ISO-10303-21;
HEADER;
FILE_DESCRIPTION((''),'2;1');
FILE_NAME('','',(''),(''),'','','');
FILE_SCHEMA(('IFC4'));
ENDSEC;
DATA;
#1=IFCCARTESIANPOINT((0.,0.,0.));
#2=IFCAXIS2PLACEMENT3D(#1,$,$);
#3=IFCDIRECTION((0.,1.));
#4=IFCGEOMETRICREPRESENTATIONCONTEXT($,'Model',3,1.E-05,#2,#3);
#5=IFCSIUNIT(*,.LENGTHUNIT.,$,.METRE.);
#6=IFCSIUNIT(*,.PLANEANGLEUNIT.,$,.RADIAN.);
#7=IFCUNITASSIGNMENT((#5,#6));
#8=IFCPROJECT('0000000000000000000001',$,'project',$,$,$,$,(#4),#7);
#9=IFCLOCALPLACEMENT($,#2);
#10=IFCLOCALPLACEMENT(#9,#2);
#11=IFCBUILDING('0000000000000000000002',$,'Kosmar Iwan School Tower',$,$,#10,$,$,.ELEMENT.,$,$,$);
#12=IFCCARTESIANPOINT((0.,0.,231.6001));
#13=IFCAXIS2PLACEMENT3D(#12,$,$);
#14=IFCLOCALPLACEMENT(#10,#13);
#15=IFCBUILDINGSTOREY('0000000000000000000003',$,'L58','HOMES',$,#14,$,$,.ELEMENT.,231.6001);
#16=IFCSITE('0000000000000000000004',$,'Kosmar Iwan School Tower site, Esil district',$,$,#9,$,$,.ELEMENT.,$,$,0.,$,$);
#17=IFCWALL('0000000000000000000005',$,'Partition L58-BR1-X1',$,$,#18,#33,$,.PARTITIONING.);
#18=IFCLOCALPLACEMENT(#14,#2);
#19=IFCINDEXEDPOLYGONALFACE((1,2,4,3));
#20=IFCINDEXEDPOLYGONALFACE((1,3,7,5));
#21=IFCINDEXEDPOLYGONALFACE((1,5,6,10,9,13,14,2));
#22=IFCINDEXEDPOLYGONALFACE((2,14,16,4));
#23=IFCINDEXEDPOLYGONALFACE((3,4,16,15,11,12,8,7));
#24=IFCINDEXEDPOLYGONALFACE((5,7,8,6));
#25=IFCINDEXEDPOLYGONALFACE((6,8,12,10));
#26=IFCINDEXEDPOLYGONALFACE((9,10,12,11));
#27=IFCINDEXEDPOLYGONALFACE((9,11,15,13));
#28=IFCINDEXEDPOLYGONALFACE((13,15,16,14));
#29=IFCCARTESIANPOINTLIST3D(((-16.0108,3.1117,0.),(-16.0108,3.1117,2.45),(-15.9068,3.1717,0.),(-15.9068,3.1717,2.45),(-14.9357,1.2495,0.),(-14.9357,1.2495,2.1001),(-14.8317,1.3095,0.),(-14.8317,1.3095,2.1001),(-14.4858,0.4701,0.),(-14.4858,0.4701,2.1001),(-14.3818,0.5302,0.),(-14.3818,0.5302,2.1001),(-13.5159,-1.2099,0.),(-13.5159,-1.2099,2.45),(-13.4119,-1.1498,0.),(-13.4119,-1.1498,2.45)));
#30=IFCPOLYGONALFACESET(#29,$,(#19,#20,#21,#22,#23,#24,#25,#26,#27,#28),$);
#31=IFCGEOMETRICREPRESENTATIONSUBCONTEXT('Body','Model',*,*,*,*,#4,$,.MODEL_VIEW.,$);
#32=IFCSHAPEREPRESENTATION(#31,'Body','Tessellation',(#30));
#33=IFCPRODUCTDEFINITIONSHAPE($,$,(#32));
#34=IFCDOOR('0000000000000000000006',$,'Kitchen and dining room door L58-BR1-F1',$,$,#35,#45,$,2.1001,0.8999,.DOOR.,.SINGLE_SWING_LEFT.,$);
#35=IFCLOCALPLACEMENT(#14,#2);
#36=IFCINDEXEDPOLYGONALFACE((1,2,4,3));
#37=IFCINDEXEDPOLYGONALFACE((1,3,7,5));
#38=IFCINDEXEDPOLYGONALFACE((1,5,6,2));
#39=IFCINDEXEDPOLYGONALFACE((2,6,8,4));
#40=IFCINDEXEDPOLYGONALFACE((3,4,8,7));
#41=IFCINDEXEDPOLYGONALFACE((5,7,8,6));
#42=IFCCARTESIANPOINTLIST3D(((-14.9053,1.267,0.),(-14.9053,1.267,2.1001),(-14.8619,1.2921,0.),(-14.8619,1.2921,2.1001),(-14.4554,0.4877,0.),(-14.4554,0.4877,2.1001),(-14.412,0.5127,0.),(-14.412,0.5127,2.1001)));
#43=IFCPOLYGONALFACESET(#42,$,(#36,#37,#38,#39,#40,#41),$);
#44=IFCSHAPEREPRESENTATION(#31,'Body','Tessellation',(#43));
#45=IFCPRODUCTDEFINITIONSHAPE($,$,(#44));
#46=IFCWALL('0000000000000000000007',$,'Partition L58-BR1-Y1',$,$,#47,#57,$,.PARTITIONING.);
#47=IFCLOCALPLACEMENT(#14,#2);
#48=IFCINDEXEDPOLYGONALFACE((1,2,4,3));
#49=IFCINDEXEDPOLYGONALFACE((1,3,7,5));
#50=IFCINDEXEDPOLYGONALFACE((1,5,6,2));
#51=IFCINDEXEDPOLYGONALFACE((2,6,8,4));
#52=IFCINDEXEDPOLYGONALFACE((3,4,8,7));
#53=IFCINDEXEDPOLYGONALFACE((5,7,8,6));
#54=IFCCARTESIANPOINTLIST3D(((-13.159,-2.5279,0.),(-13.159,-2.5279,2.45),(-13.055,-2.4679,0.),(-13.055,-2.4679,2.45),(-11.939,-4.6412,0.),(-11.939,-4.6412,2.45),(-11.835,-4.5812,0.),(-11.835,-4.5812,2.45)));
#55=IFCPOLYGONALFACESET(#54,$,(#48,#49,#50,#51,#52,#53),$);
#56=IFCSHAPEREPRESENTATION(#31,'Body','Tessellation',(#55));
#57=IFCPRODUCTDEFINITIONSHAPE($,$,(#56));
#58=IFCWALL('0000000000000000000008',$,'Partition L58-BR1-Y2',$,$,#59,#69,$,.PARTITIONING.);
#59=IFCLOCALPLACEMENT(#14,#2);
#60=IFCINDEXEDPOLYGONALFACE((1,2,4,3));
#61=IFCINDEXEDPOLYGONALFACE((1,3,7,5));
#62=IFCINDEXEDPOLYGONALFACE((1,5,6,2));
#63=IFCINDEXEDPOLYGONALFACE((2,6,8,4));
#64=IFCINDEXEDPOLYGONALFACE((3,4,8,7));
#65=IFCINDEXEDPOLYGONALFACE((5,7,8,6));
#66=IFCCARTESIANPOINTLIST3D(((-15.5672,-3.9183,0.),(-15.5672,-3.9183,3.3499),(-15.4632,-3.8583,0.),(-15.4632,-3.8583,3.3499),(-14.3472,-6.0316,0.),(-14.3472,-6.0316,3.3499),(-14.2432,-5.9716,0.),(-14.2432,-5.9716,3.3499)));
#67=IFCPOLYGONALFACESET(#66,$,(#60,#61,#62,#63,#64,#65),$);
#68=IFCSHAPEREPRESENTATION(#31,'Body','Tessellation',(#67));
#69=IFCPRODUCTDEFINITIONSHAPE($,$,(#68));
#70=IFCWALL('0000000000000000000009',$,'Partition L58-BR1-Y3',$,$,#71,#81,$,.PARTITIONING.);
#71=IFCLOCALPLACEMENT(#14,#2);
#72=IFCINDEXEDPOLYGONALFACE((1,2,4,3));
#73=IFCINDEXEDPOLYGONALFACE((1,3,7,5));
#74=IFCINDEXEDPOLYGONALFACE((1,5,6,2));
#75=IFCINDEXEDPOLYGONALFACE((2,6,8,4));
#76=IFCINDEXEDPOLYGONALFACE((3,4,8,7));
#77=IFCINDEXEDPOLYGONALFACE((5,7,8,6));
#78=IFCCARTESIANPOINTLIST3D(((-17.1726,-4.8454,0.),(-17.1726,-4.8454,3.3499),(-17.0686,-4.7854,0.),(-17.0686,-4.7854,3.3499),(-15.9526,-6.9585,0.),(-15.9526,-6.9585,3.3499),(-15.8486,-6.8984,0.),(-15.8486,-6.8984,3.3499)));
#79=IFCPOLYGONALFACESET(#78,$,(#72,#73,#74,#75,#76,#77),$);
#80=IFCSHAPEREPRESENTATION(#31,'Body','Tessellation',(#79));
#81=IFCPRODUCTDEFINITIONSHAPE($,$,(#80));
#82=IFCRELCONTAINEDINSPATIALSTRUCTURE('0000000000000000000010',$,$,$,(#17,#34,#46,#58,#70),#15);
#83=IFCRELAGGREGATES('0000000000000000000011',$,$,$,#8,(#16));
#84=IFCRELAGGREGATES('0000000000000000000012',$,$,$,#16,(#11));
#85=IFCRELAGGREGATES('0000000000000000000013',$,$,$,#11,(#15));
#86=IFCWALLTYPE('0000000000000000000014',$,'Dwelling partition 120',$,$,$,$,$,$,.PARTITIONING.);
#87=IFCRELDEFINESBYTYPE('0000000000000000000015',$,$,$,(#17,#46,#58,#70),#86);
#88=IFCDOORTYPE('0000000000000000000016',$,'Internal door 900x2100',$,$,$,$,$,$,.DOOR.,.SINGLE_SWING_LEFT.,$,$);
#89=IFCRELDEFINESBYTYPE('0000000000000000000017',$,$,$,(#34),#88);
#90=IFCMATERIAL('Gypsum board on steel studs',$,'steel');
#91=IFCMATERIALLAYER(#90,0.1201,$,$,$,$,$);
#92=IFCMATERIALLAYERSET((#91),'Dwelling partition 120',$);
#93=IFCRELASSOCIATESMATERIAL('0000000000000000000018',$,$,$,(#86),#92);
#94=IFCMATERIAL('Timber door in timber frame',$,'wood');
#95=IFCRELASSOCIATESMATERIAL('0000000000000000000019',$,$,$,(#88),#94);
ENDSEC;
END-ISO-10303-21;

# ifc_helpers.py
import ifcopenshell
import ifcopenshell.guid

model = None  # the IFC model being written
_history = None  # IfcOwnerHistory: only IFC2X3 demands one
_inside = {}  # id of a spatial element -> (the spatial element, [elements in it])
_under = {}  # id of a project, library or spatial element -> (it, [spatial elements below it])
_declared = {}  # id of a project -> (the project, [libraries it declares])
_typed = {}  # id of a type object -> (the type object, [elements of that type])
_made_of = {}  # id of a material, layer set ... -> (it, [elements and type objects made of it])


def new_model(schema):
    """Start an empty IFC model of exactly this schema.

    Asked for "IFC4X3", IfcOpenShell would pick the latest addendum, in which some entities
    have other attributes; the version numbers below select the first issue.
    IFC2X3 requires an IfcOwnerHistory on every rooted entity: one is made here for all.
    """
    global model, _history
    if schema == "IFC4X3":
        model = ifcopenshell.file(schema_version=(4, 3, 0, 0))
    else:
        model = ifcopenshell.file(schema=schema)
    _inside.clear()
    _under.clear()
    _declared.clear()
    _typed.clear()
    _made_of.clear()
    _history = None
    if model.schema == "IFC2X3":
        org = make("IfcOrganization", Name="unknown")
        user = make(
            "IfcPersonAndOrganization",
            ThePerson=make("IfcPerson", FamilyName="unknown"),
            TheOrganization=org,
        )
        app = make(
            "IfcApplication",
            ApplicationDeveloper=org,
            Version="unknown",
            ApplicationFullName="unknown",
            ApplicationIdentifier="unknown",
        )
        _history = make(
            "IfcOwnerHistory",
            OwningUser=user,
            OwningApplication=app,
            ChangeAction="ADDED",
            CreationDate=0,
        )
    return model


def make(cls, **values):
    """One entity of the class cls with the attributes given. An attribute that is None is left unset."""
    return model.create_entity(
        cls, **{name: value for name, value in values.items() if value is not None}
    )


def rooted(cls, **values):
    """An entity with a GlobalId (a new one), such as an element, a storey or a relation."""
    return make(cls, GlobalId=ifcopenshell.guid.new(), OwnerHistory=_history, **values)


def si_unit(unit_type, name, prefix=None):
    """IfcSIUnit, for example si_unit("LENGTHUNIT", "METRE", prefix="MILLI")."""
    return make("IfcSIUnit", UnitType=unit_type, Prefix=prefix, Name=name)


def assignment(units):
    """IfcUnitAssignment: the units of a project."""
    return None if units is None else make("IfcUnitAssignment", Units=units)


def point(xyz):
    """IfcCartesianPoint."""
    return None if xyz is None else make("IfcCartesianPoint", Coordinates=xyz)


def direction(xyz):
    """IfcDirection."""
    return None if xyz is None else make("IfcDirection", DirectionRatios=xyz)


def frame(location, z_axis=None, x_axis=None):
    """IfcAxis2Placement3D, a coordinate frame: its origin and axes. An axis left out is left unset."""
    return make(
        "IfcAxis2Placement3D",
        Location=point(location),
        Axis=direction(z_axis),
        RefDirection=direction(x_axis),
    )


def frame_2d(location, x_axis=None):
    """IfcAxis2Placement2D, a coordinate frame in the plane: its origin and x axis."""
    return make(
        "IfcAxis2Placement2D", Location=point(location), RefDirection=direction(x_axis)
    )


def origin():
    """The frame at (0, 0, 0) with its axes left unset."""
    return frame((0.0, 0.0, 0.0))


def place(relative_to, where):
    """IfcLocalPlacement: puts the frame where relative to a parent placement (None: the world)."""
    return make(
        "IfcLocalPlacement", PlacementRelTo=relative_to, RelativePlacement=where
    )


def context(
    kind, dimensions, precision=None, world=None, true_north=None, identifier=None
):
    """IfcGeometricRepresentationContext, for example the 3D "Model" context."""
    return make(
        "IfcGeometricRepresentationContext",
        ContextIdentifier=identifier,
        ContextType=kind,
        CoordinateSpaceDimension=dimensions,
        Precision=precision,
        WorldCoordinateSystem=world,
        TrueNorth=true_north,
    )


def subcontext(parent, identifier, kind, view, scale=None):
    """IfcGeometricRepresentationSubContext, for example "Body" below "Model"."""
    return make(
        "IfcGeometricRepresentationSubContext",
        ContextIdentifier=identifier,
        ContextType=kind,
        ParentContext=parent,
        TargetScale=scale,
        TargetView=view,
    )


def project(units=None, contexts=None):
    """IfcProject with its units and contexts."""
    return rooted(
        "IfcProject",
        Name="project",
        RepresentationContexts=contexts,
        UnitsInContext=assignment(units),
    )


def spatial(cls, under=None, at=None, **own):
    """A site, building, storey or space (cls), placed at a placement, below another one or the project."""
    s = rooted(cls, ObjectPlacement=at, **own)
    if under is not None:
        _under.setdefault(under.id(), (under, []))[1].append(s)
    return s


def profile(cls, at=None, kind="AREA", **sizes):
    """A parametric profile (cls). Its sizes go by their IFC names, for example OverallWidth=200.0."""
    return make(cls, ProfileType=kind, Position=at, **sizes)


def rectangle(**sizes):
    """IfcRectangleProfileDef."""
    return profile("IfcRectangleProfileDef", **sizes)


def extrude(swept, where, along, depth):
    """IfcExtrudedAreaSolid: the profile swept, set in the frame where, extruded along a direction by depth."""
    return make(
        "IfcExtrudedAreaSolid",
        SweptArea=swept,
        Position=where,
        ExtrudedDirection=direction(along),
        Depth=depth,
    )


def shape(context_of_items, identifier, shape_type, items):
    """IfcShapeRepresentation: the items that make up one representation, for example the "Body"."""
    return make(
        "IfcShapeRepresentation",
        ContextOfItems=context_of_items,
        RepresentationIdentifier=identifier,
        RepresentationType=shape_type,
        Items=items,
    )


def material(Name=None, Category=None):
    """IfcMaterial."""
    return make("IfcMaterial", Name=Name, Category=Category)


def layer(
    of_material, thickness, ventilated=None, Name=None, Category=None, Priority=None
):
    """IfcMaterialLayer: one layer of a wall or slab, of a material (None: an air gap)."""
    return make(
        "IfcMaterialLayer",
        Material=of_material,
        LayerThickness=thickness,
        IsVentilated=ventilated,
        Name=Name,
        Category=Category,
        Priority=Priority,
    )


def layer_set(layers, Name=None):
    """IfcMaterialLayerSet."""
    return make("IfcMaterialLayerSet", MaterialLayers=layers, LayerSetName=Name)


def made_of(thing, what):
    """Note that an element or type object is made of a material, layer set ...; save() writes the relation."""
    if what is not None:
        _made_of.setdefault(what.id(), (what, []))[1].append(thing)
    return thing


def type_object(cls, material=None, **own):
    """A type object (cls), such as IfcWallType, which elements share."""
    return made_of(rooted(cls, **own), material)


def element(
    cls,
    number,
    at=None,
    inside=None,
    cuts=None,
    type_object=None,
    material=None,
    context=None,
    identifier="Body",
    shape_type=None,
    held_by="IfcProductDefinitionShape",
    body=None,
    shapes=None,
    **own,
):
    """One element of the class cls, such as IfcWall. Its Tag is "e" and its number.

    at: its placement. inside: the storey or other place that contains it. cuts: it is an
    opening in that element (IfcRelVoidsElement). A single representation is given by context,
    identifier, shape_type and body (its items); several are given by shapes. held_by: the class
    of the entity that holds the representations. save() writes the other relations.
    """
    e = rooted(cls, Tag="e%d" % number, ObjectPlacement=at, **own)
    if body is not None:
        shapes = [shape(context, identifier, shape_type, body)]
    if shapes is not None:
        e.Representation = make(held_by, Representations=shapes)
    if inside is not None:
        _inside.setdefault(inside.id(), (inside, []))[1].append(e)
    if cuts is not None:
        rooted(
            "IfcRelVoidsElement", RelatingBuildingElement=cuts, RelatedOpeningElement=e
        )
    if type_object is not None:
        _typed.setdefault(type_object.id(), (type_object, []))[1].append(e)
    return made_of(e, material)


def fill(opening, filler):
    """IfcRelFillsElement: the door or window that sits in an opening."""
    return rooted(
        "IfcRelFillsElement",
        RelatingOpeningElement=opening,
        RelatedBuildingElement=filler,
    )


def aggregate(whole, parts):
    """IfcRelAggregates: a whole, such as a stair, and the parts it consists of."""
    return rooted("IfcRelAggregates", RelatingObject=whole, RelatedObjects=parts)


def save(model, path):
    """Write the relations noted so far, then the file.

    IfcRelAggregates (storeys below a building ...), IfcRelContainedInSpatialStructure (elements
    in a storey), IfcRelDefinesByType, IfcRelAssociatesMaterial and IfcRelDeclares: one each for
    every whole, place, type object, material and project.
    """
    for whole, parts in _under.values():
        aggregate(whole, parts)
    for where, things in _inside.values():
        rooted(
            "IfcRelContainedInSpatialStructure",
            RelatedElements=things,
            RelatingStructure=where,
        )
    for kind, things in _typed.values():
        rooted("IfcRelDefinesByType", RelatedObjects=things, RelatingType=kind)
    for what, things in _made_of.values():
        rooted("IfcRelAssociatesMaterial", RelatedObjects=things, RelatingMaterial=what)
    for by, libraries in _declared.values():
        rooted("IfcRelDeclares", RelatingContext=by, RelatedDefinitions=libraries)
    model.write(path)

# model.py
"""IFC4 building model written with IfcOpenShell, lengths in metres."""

from ifc_helpers import new_model, si_unit, direction, frame, frame_2d, origin, place, context, subcontext, project, spatial, rectangle, extrude, material, layer, layer_set, type_object, element, fill, save


model = new_model("IFC4")

# Units and contexts
model_context = context("Model", 3, precision=1e-05, world=origin(), true_north=direction((0.0, 1.0)))
body_context = subcontext(model_context, "Body", "Model", "MODEL_VIEW")
ifc_project = project(units=[si_unit("LENGTHUNIT", "METRE"), si_unit("PLANEANGLEUNIT", "RADIAN")], contexts=[model_context])

# Site, building, storey
site_placement = place(None, origin())
site = spatial("IfcSite", under=ifc_project, at=site_placement, Name="Kosmar Iwan School Tower site, Esil district", CompositionType="ELEMENT", RefElevation=0.0)
building_placement = place(site_placement, origin())
building = spatial("IfcBuilding", under=site, at=building_placement, Name="Kosmar Iwan School Tower", CompositionType="ELEMENT")
storey_placement = place(building_placement, frame((0.0, 0.0, 231.6001)))
storey = spatial("IfcBuildingStorey", under=building, at=storey_placement, Name="L58", Description="HOMES", CompositionType="ELEMENT", Elevation=231.6001)

# Shared definitions
ifc_material_1 = material(Name="Gypsum board on steel studs", Category="steel")
ifc_layer_1 = layer(ifc_material_1, 0.1201)
ifc_layer_set_1 = layer_set([ifc_layer_1], Name="Dwelling partition 120")
wall_type_1 = type_object("IfcWallType", Name="Dwelling partition 120", PredefinedType="PARTITIONING", material=ifc_layer_set_1)

# Shared definitions
ifc_material_2 = material(Name="Timber door in timber frame", Category="wood")
door_type_1 = type_object("IfcDoorType", Name="Internal door 900x2100", OperationType="SINGLE_SWING_LEFT", PredefinedType="DOOR", material=ifc_material_2)

# Wall, opening, door
wall_1_placement = place(storey_placement, frame((-13.4639, -1.1799, 0.0), z_axis=(0.0, 0.0, 1.0), x_axis=(-0.499975, 0.86604, 0.0)))
wall_1 = element("IfcWall", 1, at=wall_1_placement, inside=storey, type_object=wall_type_1, Name="Partition L58-BR1-X1", PredefinedType="PARTITIONING", context=body_context, shape_type="SweptSolid", body=[
    extrude(rectangle(XDim=4.99, YDim=0.1201, at=frame_2d((2.4951, 0.0))), origin(), (0.0, 0.0, 1.0), 2.45),
])
opening_1_placement = place(wall_1_placement, frame((1.9399, 0.0, 0.0)))
opening_1 = element("IfcOpeningElement", 2, at=opening_1_placement, cuts=wall_1, PredefinedType="OPENING", context=body_context, shape_type="SweptSolid", body=[
    extrude(rectangle(XDim=0.8999, YDim=2.1001, at=frame_2d((0.45, 1.05))), frame((0.0, 0.072, 0.0), z_axis=(0.0, -1.0, 0.0), x_axis=(1.0, 0.0, 0.0)), (0.0, 0.0, 1.0), 0.144),
])
door_1_placement = place(opening_1_placement, origin())
door_1 = element("IfcDoor", 3, at=door_1_placement, inside=storey, type_object=door_type_1, Name="Kitchen and dining room door L58-BR1-F1", OperationType="SINGLE_SWING_LEFT", OverallHeight=2.1001, OverallWidth=0.8999, PredefinedType="DOOR", context=body_context, shape_type="SweptSolid", body=[
    extrude(rectangle(XDim=0.8999, YDim=2.1001, at=frame_2d((0.45, 1.05))), frame((0.0, 0.0249, 0.0), z_axis=(0.0, -1.0, 0.0), x_axis=(1.0, 0.0, 0.0)), (0.0, 0.0, 1.0), 0.05),
])
fill(opening_1, door_1)

# Walls
wall_2_placement = place(storey_placement, frame((-11.887, -4.6113, 0.0), z_axis=(0.0, 0.0, 1.0), x_axis=(-0.499959, 0.866049, 0.0)))
element("IfcWall", 4, at=wall_2_placement, inside=storey, type_object=wall_type_1, Name="Partition L58-BR1-Y1", PredefinedType="PARTITIONING", context=body_context, shape_type="SweptSolid", body=[
    extrude(rectangle(XDim=2.4402, YDim=0.1201, at=frame_2d((1.2202, 0.0))), origin(), (0.0, 0.0, 1.0), 2.45),
])
wall_3_placement = place(storey_placement, frame((-14.2952, -6.0017, 0.0), z_axis=(0.0, 0.0, 1.0), x_axis=(-0.499959, 0.866049, 0.0)))
element("IfcWall", 5, at=wall_3_placement, inside=storey, type_object=wall_type_1, Name="Partition L58-BR1-Y2", PredefinedType="PARTITIONING", context=body_context, shape_type="SweptSolid", body=[
    extrude(rectangle(XDim=2.4402, YDim=0.1201, at=frame_2d((1.2202, 0.0))), origin(), (0.0, 0.0, 1.0), 3.3499),
])
wall_4_placement = place(storey_placement, frame((-15.9006, -6.9285, 0.0), z_axis=(0.0, 0.0, 1.0), x_axis=(-0.500003, 0.866024, 0.0)))
element("IfcWall", 6, at=wall_4_placement, inside=storey, type_object=wall_type_1, Name="Partition L58-BR1-Y3", PredefinedType="PARTITIONING", context=body_context, shape_type="SweptSolid", body=[
    extrude(rectangle(XDim=2.4399, YDim=0.1201, at=frame_2d((1.22, 0.0))), origin(), (0.0, 0.0, 1.0), 3.3499),
])

save(model, "model.ifc")
